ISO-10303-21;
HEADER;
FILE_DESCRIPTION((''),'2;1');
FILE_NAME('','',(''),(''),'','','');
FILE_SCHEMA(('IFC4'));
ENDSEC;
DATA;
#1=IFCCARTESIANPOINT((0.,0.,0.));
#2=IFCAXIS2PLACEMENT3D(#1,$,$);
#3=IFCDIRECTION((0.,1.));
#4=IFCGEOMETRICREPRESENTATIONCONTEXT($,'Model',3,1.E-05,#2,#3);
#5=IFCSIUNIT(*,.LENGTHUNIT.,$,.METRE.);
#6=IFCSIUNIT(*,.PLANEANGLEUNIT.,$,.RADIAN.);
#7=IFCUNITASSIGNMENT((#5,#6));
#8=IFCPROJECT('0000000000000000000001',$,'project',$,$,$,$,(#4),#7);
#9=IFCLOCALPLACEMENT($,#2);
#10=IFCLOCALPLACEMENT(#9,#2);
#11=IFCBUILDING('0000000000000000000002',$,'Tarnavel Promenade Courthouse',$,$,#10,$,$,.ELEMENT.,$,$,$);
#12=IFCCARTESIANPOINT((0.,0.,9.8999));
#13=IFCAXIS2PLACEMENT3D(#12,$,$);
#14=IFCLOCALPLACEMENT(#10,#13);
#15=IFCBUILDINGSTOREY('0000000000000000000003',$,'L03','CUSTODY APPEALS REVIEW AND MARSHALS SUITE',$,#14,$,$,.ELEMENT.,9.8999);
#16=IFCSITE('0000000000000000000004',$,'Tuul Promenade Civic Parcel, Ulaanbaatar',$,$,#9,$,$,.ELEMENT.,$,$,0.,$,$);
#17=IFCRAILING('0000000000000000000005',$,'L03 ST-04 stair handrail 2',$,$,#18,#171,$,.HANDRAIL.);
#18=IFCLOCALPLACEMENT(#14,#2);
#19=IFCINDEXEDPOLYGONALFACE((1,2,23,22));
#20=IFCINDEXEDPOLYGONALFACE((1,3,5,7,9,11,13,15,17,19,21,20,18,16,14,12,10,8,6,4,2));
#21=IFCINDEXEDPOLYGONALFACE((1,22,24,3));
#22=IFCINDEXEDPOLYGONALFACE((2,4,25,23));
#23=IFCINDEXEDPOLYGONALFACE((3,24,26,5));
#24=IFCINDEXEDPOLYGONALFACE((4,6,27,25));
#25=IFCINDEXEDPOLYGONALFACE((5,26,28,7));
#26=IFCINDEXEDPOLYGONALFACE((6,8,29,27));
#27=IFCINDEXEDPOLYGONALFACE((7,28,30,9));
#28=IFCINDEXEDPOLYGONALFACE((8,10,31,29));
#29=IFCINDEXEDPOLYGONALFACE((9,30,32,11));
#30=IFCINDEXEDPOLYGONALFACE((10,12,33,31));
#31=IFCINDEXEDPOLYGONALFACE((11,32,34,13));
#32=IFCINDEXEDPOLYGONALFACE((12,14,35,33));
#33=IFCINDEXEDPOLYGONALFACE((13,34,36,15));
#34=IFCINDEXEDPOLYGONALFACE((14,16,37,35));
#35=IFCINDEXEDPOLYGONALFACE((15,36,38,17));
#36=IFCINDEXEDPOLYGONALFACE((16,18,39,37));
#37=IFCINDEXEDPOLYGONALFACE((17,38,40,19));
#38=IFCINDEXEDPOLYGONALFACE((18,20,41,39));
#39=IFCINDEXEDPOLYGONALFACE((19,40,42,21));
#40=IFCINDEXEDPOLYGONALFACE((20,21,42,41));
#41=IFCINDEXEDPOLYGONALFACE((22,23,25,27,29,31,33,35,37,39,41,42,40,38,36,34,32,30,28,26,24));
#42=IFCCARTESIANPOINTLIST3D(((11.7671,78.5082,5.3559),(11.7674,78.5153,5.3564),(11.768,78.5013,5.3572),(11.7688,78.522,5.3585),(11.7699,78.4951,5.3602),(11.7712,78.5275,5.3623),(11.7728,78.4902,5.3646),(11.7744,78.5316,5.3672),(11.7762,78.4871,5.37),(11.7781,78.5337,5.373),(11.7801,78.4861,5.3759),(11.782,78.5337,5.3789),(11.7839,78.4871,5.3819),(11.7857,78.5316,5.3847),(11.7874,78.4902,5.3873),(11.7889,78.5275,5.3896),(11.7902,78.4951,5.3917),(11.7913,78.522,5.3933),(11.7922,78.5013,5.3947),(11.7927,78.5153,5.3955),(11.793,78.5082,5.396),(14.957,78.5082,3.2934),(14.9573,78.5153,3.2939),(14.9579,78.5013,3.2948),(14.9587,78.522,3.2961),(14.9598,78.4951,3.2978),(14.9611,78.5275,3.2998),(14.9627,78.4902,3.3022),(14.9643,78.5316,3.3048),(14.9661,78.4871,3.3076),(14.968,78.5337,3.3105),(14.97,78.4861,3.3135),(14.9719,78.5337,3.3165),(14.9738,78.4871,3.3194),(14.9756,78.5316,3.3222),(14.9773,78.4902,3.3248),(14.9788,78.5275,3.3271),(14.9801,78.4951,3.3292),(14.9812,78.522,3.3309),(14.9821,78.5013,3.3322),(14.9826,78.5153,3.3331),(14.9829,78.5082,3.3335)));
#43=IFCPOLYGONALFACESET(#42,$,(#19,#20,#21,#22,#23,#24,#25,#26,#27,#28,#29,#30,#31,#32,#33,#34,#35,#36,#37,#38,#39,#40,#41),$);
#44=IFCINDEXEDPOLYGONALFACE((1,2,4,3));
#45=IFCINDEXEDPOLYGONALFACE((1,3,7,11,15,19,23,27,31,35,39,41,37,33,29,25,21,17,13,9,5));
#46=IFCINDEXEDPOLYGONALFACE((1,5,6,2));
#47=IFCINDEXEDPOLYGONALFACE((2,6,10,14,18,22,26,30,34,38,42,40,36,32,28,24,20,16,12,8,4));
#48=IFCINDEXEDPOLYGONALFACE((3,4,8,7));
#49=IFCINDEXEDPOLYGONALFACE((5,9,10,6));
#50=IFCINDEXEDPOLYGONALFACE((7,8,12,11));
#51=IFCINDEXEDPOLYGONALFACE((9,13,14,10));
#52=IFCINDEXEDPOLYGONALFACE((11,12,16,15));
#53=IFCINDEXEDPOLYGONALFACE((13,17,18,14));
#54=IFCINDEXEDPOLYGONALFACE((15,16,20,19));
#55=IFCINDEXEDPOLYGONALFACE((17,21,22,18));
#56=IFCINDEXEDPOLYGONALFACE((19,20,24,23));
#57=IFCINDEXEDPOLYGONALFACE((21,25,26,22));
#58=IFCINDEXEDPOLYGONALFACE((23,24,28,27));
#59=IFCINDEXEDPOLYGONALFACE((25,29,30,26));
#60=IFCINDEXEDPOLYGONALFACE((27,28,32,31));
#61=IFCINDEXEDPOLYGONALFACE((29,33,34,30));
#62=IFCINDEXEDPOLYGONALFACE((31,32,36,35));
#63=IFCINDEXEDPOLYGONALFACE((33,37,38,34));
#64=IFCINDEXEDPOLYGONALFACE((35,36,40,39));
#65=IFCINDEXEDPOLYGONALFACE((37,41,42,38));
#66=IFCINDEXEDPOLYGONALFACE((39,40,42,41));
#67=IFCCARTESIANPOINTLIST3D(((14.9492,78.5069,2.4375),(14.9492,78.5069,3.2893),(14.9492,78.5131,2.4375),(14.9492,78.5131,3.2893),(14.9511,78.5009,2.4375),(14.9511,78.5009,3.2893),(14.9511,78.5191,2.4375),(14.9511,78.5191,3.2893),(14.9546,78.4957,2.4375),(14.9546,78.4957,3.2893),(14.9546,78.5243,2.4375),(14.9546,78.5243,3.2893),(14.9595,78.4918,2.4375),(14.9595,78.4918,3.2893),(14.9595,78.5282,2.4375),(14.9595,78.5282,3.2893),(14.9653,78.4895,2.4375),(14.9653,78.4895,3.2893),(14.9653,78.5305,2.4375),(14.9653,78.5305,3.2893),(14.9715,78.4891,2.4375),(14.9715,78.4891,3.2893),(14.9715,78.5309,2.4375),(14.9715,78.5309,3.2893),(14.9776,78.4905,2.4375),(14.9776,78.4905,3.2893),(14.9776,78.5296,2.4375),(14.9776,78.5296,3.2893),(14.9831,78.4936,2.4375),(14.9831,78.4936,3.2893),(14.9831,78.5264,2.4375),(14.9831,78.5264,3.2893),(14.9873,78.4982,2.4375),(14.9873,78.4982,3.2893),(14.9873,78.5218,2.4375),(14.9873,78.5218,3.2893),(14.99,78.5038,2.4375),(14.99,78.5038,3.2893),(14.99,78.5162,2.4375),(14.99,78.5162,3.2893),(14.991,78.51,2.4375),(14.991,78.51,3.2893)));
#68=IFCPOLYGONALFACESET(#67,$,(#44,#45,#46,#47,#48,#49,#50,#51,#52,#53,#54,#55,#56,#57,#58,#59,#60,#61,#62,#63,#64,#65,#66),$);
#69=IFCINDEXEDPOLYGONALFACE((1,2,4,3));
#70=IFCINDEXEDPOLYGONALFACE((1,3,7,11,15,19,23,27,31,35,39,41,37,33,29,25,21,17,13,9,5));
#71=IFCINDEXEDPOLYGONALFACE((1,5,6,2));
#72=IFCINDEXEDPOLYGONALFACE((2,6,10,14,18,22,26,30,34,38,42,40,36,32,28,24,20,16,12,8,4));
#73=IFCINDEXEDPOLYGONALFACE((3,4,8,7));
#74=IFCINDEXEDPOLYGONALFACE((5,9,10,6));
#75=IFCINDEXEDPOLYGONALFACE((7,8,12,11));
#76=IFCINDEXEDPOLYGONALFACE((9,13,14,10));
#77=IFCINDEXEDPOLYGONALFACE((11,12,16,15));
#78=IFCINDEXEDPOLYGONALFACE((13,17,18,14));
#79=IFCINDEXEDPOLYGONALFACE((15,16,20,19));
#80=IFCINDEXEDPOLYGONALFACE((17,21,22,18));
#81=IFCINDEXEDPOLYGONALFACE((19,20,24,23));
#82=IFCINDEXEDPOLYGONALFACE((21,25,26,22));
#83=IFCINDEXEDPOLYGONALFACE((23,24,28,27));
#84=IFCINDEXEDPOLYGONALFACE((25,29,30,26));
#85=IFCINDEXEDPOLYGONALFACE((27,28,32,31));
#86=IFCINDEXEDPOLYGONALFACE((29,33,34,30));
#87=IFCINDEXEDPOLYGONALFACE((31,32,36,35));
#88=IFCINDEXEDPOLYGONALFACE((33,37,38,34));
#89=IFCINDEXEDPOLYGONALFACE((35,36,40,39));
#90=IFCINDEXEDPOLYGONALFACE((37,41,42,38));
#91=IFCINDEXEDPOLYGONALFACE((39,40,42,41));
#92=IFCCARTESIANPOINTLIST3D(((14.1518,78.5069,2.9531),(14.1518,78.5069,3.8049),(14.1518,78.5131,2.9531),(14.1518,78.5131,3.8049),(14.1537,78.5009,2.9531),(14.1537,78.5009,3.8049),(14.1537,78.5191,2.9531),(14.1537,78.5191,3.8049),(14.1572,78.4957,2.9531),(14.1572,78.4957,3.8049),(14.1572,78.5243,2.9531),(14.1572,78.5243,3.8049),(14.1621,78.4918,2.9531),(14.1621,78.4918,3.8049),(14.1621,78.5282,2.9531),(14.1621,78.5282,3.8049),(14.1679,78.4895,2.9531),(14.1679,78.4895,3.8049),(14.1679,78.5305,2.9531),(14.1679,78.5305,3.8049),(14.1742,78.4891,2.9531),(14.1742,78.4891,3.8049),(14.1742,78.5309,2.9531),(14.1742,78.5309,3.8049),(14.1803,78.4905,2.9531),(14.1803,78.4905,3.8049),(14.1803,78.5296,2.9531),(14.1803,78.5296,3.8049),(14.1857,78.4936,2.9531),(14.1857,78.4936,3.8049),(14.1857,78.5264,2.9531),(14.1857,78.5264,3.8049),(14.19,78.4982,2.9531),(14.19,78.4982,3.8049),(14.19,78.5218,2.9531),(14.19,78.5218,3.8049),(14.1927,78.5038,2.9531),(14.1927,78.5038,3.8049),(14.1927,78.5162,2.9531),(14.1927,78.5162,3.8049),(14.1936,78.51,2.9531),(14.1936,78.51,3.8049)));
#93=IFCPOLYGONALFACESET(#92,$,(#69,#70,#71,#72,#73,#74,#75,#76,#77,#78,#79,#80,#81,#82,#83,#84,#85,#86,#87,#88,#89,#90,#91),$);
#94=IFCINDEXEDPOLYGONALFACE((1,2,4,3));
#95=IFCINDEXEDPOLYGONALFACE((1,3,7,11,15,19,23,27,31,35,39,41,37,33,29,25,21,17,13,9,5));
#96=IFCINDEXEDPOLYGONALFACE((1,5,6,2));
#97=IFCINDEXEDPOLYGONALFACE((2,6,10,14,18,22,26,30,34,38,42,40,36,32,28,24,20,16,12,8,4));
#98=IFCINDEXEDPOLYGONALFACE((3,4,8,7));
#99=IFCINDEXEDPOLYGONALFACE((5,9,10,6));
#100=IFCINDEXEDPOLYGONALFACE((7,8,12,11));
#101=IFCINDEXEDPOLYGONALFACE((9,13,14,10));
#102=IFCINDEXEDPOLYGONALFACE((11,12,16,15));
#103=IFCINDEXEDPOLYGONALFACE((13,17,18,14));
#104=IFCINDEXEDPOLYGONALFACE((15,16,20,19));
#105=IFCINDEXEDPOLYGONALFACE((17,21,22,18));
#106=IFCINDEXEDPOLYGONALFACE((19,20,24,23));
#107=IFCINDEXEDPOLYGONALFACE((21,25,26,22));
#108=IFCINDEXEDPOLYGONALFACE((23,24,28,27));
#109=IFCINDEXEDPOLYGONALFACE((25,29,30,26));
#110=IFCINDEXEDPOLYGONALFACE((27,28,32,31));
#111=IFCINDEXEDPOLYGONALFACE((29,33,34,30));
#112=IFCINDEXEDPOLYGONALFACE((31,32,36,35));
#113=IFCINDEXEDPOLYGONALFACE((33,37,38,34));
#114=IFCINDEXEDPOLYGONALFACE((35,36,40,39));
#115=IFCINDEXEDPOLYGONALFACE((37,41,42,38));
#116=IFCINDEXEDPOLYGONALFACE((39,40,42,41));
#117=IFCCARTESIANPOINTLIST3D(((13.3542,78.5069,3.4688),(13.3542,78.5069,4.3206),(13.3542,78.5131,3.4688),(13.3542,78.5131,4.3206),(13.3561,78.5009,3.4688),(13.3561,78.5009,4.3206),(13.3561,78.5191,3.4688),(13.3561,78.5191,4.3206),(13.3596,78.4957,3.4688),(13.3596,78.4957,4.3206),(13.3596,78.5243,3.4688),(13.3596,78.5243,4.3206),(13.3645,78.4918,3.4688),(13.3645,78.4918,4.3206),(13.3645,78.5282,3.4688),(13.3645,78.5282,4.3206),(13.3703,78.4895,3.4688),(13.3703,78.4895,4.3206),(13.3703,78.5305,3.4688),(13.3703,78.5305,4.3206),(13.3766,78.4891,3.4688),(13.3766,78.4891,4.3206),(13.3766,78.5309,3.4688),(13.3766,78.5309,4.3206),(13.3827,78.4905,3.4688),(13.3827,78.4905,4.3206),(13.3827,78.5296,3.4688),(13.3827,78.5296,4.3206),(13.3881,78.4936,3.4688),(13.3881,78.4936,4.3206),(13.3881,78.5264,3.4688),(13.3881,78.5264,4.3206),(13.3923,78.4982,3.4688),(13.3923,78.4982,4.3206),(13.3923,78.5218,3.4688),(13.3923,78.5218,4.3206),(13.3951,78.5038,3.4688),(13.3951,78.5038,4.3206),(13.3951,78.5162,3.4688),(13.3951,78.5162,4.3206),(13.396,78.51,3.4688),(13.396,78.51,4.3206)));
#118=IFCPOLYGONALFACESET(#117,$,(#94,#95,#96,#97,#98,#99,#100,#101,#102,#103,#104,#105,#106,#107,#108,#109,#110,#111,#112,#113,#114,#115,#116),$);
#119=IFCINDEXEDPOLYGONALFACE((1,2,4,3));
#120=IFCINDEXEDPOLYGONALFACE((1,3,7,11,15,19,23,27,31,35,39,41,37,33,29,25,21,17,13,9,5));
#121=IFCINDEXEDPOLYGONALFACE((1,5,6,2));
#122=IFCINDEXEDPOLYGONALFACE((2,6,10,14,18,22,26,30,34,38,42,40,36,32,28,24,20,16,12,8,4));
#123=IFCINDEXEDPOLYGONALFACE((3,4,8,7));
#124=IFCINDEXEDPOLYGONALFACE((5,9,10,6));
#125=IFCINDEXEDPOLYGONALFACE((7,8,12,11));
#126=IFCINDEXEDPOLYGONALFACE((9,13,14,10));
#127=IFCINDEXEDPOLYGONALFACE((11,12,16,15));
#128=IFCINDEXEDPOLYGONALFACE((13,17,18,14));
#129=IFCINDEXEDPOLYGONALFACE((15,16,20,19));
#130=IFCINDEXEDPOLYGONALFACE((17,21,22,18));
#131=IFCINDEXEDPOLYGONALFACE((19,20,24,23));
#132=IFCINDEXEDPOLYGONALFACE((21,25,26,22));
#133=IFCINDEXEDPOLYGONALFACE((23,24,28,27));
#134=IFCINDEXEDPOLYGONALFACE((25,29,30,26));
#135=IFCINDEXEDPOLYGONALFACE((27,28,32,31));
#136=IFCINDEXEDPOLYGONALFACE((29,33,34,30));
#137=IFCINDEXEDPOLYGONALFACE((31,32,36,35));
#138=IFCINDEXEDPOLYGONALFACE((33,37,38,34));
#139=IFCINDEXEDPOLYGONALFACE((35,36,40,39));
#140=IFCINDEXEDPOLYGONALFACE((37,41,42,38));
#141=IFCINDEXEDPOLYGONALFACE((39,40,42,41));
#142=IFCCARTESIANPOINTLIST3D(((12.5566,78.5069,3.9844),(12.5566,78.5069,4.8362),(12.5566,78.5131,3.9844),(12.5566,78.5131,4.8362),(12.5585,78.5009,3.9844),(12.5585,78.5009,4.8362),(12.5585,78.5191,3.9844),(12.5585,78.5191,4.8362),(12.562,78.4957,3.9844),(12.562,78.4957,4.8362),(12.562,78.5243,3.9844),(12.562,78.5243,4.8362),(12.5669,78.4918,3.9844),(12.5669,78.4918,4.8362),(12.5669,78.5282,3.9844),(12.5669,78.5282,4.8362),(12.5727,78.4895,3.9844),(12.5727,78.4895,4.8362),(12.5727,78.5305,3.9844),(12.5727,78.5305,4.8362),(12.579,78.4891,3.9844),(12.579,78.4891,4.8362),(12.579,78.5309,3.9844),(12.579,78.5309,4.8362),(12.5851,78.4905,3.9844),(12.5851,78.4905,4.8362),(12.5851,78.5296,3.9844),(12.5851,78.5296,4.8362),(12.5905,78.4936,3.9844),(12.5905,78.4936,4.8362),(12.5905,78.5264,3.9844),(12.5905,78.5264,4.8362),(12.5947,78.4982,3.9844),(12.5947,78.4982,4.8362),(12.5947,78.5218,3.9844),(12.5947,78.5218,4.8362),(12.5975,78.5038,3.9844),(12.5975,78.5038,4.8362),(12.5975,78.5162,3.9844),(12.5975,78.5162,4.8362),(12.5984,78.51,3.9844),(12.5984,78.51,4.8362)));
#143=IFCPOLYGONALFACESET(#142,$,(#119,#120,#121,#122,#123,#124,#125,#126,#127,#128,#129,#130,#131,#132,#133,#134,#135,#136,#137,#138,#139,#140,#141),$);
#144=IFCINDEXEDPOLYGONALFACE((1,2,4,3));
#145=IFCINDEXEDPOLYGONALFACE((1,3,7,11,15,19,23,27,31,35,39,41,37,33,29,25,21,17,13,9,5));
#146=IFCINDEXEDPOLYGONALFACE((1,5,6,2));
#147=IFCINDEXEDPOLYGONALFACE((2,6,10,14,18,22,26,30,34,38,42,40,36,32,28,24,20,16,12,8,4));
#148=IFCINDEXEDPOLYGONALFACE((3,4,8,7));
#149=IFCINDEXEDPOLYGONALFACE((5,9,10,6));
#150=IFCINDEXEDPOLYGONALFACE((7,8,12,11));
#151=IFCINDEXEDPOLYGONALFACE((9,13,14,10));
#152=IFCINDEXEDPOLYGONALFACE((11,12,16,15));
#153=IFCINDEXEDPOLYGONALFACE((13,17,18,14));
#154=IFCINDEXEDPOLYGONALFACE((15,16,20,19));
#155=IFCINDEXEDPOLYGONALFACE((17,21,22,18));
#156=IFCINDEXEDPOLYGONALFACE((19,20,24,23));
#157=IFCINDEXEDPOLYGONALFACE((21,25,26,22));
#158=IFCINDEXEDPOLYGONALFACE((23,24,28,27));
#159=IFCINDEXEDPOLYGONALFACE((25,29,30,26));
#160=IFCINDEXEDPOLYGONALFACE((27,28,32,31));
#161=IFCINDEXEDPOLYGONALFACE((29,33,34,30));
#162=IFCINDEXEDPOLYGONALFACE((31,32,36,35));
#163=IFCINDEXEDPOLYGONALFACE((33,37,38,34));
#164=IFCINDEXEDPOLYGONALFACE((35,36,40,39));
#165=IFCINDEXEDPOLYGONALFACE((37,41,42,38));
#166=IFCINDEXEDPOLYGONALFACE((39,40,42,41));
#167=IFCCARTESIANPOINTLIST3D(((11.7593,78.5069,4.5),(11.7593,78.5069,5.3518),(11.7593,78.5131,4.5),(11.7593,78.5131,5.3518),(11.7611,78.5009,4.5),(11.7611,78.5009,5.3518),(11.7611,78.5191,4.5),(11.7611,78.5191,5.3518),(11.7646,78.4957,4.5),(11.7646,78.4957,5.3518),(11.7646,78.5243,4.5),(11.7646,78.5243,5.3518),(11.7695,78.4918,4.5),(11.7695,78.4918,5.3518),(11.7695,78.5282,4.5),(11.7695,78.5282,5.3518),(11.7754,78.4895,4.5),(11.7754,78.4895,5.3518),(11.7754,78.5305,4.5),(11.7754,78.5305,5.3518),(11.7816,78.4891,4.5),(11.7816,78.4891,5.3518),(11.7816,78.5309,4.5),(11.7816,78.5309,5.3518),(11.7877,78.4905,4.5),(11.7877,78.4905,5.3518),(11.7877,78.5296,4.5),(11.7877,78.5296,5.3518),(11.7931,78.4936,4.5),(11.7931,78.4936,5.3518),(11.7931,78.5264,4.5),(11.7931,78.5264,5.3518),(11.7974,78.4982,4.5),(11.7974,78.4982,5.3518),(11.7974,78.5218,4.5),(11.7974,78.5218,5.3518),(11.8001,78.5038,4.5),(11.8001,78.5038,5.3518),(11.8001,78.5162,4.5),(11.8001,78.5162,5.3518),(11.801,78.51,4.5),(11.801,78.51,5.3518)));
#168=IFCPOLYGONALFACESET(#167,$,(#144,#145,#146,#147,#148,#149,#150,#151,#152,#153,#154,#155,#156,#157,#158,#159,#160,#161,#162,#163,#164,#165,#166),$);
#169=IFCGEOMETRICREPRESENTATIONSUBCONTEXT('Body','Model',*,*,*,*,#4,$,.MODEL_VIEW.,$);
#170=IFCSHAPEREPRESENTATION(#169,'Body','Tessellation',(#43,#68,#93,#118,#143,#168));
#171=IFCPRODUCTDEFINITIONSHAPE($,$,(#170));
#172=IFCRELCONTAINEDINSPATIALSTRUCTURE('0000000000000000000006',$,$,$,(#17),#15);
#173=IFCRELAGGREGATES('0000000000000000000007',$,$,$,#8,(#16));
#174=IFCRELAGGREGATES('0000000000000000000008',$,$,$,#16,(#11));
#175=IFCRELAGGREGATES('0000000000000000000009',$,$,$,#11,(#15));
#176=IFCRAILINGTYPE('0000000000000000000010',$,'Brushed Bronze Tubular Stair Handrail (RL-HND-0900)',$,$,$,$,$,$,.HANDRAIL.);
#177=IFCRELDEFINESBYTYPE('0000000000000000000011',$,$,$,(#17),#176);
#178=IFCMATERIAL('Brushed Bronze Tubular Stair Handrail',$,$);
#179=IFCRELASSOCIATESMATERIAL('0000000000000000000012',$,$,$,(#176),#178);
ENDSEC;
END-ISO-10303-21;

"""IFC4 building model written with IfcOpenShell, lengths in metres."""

from ifc_helpers import new_model, si_unit, direction, frame, origin, origin_2d, place, context, subcontext, project, spatial, circle, extrude, material, type_object, element, save


model = new_model("IFC4")

# Units and contexts
model_context = context("Model", 3, precision=1e-05, world=origin(), true_north=direction((0.0, 1.0)))
body_context = subcontext(model_context, "Body", "Model", "MODEL_VIEW")
ifc_project = project(units=[si_unit("LENGTHUNIT", "METRE"), si_unit("PLANEANGLEUNIT", "RADIAN")], contexts=[model_context])

# Site, building, storey
site_placement = place(None, origin())
site = spatial("IfcSite", under=ifc_project, at=site_placement, Name="Tuul Promenade Civic Parcel, Ulaanbaatar", CompositionType="ELEMENT", RefElevation=0.0)
building_placement = place(site_placement, origin())
building = spatial("IfcBuilding", under=site, at=building_placement, Name="Tarnavel Promenade Courthouse", CompositionType="ELEMENT")
storey_placement = place(building_placement, frame((0.0, 0.0, 9.8999)))
storey = spatial("IfcBuildingStorey", under=building, at=storey_placement, Name="L03", Description="CUSTODY APPEALS REVIEW AND MARSHALS SUITE", CompositionType="ELEMENT", Elevation=9.8999)

# Railing
ifc_material_1 = material(Name="Brushed Bronze Tubular Stair Handrail")
railing_type_1 = type_object("IfcRailingType", Name="Brushed Bronze Tubular Stair Handrail (RL-HND-0900)", PredefinedType="HANDRAIL", material=ifc_material_1)
railing_1_placement = place(storey_placement, frame((14.97, 78.51, 2.4375)))
element("IfcRailing", 1, at=railing_1_placement, inside=storey, type_object=railing_type_1, Name="L03 ST-04 stair handrail 2", PredefinedType="HANDRAIL", context=body_context, shape_type="SweptSolid", body=[
    extrude(circle(Radius=0.0239, at=origin_2d()), frame((0.0, 0.0, 0.876), z_axis=(-0.83976, 0.0, 0.542958), x_axis=(0.0, -1.0, 0.0)), (0.0, 0.0, 1.0), 3.7986),
    extrude(circle(Radius=0.021, at=origin_2d()), origin(), (0.0, 0.0, 1.0), 0.8518),
    extrude(circle(Radius=0.021, at=origin_2d()), frame((-0.7974, 0.0, 0.5156)), (0.0, 0.0, 1.0), 0.8518),
    extrude(circle(Radius=0.021, at=origin_2d()), frame((-1.595, 0.0, 1.0312)), (0.0, 0.0, 1.0), 0.8518),
    extrude(circle(Radius=0.021, at=origin_2d()), frame((-2.3926, 0.0, 1.5469)), (0.0, 0.0, 1.0), 0.8518),
    extrude(circle(Radius=0.021, at=origin_2d()), frame((-3.1899, 0.0, 2.0625)), (0.0, 0.0, 1.0), 0.8518),
])

save(model, "model.ifc")
